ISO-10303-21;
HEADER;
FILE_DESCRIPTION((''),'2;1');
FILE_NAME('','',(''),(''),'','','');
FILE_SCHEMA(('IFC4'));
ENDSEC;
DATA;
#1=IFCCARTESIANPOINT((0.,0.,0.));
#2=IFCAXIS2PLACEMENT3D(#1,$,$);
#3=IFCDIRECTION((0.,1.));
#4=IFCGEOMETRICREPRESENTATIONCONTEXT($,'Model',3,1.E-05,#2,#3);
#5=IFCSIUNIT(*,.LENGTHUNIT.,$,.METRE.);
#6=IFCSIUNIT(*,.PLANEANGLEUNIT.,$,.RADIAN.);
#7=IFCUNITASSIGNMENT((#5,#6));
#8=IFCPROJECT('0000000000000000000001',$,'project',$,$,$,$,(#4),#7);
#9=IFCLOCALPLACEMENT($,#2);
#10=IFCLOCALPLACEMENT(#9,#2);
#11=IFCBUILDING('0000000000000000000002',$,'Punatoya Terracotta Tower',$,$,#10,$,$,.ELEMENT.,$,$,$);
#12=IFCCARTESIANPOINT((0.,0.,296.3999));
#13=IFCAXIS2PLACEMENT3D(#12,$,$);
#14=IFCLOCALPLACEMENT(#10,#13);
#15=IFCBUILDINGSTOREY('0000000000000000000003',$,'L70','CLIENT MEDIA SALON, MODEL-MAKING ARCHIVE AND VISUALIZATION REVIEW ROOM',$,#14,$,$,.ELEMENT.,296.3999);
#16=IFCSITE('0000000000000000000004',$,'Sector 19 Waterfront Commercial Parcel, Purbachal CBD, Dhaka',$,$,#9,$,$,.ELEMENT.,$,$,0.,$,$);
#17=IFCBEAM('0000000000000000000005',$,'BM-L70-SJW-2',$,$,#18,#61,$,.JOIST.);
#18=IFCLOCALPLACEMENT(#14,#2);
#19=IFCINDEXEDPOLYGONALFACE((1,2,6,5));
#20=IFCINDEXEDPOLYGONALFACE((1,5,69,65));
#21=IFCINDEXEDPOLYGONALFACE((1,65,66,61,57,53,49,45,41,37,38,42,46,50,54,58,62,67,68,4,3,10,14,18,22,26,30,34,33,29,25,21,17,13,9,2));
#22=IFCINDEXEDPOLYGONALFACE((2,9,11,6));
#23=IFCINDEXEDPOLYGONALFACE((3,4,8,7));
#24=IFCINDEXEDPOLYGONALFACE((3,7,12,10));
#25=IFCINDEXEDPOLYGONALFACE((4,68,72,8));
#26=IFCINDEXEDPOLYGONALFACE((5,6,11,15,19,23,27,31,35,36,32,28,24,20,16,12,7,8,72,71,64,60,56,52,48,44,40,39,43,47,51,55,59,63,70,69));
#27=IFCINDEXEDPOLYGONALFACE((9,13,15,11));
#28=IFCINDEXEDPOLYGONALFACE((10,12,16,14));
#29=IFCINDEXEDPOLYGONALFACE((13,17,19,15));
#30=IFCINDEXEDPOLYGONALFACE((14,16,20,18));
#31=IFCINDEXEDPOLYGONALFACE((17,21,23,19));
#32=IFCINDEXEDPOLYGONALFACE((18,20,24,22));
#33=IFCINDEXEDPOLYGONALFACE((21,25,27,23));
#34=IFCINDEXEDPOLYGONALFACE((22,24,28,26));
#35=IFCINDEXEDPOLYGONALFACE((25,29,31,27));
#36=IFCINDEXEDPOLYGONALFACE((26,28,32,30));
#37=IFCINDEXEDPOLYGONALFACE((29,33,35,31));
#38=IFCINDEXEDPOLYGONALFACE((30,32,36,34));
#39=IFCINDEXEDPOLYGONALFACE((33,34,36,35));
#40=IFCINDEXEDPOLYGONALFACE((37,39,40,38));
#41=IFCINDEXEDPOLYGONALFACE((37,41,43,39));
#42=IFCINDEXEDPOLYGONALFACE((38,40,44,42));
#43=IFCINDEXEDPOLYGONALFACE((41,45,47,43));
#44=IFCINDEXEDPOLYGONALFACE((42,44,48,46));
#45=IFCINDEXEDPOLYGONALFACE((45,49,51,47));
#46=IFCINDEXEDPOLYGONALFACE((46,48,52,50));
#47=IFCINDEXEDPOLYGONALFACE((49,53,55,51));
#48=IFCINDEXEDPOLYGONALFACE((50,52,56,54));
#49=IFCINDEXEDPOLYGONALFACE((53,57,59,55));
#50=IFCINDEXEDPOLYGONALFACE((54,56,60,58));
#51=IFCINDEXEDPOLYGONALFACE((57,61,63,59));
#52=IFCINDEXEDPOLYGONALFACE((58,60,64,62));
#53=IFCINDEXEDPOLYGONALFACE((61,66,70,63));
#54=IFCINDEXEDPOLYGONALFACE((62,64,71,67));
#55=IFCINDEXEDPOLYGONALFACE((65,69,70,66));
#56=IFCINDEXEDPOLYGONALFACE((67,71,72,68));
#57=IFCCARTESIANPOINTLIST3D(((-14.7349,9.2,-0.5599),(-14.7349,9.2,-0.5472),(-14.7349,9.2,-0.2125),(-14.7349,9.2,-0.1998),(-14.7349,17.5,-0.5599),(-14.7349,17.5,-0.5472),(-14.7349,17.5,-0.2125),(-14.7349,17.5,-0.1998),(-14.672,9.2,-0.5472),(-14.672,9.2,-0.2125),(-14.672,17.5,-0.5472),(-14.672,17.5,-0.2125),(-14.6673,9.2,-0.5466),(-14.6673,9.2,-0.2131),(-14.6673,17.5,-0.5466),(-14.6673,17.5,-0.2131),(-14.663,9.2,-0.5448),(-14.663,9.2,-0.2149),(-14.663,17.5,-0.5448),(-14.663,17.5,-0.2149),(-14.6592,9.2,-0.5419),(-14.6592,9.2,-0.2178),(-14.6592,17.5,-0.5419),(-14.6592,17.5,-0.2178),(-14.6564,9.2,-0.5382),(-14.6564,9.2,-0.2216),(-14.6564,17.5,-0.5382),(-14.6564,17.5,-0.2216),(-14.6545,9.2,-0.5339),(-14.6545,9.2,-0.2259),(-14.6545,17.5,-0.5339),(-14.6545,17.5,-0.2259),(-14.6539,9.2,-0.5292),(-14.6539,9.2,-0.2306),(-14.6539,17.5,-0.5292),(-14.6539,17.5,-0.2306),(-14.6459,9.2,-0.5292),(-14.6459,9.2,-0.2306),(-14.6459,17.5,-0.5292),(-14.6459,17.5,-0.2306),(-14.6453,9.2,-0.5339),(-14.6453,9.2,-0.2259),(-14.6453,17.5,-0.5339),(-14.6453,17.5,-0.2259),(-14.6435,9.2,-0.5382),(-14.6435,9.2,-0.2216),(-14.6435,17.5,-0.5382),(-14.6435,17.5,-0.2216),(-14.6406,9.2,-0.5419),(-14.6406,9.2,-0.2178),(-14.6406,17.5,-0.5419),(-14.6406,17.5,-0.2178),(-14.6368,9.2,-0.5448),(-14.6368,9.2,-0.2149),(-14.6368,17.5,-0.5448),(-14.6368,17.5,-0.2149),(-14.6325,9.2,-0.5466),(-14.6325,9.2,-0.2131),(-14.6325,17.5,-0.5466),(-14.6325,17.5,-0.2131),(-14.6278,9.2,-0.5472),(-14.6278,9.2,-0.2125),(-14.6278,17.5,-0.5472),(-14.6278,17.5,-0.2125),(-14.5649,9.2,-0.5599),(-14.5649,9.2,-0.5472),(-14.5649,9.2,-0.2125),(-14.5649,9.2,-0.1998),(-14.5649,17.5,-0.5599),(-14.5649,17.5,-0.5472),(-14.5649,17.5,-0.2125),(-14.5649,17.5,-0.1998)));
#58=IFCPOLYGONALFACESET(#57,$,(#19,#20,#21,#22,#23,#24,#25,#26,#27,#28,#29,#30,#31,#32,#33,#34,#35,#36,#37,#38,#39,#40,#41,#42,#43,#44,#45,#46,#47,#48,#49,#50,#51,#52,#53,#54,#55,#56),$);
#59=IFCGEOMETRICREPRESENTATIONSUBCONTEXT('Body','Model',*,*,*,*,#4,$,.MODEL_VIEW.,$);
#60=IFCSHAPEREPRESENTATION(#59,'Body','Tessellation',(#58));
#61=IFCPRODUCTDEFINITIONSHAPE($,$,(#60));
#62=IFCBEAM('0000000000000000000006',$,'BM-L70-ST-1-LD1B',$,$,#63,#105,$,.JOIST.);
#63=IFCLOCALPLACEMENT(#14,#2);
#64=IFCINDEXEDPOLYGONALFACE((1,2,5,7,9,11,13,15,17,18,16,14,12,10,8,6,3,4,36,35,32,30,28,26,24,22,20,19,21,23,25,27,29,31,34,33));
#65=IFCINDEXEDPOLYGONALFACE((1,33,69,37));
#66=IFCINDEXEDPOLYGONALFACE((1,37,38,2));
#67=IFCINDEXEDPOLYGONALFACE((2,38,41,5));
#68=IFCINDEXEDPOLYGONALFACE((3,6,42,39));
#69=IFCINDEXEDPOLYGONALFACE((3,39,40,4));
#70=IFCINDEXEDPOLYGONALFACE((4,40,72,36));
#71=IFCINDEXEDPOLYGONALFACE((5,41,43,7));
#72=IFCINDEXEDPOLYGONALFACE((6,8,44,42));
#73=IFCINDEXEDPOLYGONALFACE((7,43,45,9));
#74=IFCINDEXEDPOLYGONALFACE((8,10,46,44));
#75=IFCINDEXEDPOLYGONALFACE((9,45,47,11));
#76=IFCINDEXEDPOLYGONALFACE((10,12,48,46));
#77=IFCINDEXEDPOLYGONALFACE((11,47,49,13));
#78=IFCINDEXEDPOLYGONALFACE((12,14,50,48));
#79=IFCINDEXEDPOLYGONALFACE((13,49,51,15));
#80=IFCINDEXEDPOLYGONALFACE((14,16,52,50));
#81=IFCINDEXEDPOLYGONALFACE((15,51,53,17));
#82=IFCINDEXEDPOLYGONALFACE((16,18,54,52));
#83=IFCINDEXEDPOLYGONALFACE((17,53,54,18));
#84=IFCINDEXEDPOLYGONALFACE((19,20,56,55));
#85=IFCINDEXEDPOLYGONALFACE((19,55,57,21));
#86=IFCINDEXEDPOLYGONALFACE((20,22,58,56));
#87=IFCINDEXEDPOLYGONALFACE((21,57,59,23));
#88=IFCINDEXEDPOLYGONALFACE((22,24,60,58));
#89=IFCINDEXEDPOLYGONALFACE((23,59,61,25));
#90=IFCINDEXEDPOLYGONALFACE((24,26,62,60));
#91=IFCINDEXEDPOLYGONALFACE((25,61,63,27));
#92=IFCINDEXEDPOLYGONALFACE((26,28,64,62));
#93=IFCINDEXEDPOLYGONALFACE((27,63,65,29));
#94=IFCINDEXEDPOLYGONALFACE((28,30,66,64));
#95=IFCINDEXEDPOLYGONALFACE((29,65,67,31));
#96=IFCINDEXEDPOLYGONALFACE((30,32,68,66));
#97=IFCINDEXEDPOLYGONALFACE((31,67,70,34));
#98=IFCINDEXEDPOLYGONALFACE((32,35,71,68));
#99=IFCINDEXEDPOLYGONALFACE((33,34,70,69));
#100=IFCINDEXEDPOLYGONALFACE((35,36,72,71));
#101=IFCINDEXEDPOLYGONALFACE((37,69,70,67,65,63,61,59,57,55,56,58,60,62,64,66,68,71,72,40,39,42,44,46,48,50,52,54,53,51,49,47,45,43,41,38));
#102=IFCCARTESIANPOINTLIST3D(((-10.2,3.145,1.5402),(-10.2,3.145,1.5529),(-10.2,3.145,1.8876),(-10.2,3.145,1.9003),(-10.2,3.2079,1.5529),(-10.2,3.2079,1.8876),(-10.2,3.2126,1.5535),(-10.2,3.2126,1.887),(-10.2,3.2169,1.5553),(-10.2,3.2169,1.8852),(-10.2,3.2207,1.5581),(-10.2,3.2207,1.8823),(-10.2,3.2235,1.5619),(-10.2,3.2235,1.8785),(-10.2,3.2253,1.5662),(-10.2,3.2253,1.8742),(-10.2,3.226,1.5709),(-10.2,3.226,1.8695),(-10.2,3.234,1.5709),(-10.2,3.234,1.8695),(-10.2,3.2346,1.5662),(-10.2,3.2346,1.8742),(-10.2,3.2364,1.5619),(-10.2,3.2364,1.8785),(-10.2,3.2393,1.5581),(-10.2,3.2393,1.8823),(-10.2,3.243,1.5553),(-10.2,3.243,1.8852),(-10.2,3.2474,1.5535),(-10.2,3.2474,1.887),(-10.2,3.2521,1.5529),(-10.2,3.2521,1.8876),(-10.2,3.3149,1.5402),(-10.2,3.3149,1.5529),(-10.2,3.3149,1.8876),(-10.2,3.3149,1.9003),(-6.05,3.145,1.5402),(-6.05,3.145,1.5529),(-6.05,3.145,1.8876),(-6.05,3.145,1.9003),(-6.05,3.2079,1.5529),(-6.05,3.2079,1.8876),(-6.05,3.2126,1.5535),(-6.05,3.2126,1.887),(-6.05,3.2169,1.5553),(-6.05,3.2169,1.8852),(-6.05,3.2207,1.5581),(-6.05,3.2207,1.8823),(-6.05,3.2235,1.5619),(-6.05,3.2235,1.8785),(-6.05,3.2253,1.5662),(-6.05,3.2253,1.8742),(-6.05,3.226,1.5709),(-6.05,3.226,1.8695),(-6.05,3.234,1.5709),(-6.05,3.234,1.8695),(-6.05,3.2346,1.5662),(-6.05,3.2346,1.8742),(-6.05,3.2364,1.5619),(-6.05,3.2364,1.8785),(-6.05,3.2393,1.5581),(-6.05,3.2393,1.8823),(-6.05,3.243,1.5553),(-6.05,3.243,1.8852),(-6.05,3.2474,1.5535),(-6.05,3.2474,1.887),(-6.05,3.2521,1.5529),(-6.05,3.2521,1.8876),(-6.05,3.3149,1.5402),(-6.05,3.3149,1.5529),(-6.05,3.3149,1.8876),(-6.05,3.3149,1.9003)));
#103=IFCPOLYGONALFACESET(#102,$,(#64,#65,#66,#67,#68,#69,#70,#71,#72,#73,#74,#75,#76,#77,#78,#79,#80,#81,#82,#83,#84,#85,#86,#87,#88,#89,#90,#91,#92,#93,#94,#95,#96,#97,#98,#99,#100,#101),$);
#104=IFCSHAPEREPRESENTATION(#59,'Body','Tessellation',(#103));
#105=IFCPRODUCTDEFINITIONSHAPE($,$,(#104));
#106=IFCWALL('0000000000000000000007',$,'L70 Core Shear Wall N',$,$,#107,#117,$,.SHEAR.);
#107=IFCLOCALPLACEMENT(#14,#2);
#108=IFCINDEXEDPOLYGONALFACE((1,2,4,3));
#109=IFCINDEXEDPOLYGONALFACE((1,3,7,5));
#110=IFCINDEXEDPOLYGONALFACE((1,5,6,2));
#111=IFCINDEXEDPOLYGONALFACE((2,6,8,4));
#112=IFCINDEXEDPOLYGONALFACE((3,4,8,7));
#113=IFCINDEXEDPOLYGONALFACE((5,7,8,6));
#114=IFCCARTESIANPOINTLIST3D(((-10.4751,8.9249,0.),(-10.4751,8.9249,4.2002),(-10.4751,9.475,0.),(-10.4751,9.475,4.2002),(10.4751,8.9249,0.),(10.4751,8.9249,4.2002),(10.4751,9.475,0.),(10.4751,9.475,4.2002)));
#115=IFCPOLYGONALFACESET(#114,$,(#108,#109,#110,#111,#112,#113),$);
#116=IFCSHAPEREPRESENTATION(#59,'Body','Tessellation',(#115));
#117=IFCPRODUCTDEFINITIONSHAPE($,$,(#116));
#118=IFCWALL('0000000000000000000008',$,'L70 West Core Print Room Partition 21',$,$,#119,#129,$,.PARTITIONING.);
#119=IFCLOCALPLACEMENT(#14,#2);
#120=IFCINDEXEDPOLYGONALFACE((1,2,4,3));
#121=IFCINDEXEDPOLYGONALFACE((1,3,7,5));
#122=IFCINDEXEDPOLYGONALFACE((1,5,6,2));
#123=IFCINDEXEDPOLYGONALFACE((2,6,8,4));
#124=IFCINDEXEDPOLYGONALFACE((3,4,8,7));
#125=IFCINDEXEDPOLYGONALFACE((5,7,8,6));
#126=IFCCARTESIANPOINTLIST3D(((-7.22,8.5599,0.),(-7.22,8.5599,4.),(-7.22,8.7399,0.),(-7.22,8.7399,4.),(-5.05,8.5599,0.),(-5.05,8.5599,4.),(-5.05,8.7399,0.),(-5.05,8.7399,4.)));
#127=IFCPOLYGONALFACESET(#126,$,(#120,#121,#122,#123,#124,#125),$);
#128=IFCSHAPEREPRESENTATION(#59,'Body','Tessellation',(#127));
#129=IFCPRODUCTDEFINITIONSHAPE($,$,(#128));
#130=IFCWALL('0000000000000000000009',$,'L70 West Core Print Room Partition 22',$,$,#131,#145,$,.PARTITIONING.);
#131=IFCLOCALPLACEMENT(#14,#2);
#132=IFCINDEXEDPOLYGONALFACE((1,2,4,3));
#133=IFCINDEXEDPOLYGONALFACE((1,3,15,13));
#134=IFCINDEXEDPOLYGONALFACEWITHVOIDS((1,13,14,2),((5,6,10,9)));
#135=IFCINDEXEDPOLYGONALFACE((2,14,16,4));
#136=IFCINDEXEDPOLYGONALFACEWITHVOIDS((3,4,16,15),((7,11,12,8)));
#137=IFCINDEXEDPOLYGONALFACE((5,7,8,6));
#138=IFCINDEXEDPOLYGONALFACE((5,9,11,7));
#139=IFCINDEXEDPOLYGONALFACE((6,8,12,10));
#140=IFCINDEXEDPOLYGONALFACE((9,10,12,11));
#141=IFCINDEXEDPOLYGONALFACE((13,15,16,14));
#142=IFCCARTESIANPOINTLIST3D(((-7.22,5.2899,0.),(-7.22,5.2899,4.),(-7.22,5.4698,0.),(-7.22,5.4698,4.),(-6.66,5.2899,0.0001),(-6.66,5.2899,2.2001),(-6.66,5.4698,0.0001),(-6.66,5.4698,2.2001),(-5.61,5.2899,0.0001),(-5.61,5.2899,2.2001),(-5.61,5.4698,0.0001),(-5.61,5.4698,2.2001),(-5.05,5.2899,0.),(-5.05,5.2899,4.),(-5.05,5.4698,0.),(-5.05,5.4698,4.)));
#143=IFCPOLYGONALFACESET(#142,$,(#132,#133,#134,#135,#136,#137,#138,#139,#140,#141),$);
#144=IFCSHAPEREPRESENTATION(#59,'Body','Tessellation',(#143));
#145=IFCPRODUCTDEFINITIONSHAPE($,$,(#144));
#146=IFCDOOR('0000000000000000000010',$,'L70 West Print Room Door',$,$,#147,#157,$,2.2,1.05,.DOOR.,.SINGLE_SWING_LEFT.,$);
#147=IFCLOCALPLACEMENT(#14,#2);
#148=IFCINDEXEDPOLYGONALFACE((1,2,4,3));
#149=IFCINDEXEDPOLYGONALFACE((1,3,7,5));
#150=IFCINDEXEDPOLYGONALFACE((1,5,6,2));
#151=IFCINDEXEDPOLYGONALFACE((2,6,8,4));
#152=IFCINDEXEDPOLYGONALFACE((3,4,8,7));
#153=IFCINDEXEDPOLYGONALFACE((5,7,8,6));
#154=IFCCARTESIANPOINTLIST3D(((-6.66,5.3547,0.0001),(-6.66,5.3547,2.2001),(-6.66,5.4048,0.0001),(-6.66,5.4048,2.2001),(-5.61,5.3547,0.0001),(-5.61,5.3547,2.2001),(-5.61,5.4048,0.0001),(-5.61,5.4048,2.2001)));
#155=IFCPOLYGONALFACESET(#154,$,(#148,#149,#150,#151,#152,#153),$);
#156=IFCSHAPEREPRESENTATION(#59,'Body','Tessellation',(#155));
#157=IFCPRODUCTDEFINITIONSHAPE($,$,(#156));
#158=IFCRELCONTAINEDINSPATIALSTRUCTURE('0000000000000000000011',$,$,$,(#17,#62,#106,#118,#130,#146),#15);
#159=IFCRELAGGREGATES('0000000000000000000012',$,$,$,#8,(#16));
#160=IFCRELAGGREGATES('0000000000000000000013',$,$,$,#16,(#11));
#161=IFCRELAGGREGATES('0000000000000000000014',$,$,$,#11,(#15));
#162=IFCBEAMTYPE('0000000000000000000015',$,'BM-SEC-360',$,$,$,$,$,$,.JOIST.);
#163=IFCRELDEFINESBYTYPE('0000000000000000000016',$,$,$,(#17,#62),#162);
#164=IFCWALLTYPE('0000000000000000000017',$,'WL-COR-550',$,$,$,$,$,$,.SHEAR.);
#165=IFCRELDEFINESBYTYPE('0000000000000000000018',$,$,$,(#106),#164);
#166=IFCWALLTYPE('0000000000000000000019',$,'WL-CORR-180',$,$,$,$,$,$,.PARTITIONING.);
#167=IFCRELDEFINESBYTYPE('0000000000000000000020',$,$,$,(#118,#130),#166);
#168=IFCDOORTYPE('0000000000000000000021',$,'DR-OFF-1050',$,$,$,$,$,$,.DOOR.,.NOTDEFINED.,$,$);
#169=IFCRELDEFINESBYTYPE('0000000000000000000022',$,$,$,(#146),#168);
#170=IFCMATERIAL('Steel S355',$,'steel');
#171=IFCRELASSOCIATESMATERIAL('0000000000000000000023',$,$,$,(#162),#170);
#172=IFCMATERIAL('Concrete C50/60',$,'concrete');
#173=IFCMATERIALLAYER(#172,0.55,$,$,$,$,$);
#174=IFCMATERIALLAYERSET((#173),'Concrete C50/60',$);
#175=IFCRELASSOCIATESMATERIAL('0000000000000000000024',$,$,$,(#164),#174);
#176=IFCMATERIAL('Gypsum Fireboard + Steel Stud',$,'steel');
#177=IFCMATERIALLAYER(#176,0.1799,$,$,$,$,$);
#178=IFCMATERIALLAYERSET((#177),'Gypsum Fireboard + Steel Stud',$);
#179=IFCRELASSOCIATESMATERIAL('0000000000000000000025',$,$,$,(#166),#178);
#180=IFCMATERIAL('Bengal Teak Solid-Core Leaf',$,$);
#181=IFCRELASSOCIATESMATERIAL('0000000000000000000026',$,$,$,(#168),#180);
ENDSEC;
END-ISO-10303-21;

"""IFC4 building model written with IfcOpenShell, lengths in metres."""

from ifc_helpers import new_model, si_unit, direction, frame, frame_2d, origin, origin_2d, place, context, subcontext, project, spatial, rectangle, i_section, extrude, material, layer, layer_set, material_profile, profile_set, type_object, element, fill, save


model = new_model("IFC4")

# Units and contexts
model_context = context("Model", 3, precision=1e-05, world=origin(), true_north=direction((0.0, 1.0)))
body_context = subcontext(model_context, "Body", "Model", "MODEL_VIEW")
ifc_project = project(units=[si_unit("LENGTHUNIT", "METRE"), si_unit("PLANEANGLEUNIT", "RADIAN")], contexts=[model_context])

# Site, building, storey
site_placement = place(None, origin())
site = spatial("IfcSite", under=ifc_project, at=site_placement, Name="Sector 19 Waterfront Commercial Parcel, Purbachal CBD, Dhaka", CompositionType="ELEMENT", RefElevation=0.0)
building_placement = place(site_placement, origin())
building = spatial("IfcBuilding", under=site, at=building_placement, Name="Punatoya Terracotta Tower", CompositionType="ELEMENT")
storey_placement = place(building_placement, frame((0.0, 0.0, 296.3999)))
storey = spatial("IfcBuildingStorey", under=building, at=storey_placement, Name="L70", Description="CLIENT MEDIA SALON, MODEL-MAKING ARCHIVE AND VISUALIZATION REVIEW ROOM", CompositionType="ELEMENT", Elevation=296.3999)

# Beams
ifc_material_1 = material(Name="Steel S355", Category="steel")
ifc_material_2 = material(Name="Concrete C50/60", Category="concrete")
ifc_material_profile_1 = material_profile(ifc_material_1, i_section(OverallWidth=0.1699, OverallDepth=0.3601, WebThickness=0.0081, FlangeThickness=0.0127, FilletRadius=0.0181, at=origin_2d()))
ifc_profile_set_1 = profile_set([ifc_material_profile_1], Name="Steel S355")
beam_type_1 = type_object("IfcBeamType", Name="BM-SEC-360", PredefinedType="JOIST", material=ifc_profile_set_1)
beam_1_placement = place(storey_placement, frame((-14.6499, 9.2, -0.3799), z_axis=(0.0, 1.0, 0.0), x_axis=(-1.0, 0.0, 0.0)))
element("IfcBeam", 1, at=beam_1_placement, inside=storey, type_object=beam_type_1, Name="BM-L70-SJW-2", PredefinedType="JOIST", context=body_context, shape_type="SweptSolid", body=[
    extrude(i_section(OverallWidth=0.1699, OverallDepth=0.3601, WebThickness=0.0081, FlangeThickness=0.0127, FilletRadius=0.0181, at=origin_2d()), origin(), (0.0, 0.0, 1.0), 8.3),
])
beam_2_placement = place(storey_placement, frame((-10.2, 3.23, 1.7202), z_axis=(1.0, 0.0, 0.0), x_axis=(0.0, 1.0, 0.0)))
element("IfcBeam", 2, at=beam_2_placement, inside=storey, type_object=beam_type_1, Name="BM-L70-ST-1-LD1B", PredefinedType="JOIST", context=body_context, shape_type="SweptSolid", body=[
    extrude(i_section(OverallWidth=0.1699, OverallDepth=0.3601, WebThickness=0.0081, FlangeThickness=0.0127, FilletRadius=0.0181, at=origin_2d()), origin(), (0.0, 0.0, 1.0), 4.1499),
])

# Walls
ifc_layer_1 = layer(ifc_material_2, 0.55)
ifc_layer_set_1 = layer_set([ifc_layer_1], Name="Concrete C50/60")
wall_type_1 = type_object("IfcWallType", Name="WL-COR-550", PredefinedType="SHEAR", material=ifc_layer_set_1)
wall_1_placement = place(storey_placement, frame((-10.4751, 9.2, 0.0), z_axis=(0.0, 0.0, 1.0), x_axis=(1.0, 0.0, 0.0)))
element("IfcWall", 3, at=wall_1_placement, inside=storey, type_object=wall_type_1, Name="L70 Core Shear Wall N", PredefinedType="SHEAR", context=body_context, shape_type="SweptSolid", body=[
    extrude(rectangle(XDim=20.9502, YDim=0.55, at=frame_2d((10.4751, 0.0))), origin(), (0.0, 0.0, 1.0), 4.2002),
])
ifc_material_3 = material(Name="Gypsum Fireboard + Steel Stud", Category="steel")
ifc_layer_2 = layer(ifc_material_3, 0.1799)
ifc_layer_set_2 = layer_set([ifc_layer_2], Name="Gypsum Fireboard + Steel Stud")
wall_type_2 = type_object("IfcWallType", Name="WL-CORR-180", PredefinedType="PARTITIONING", material=ifc_layer_set_2)
wall_2_placement = place(storey_placement, frame((-5.05, 8.6499, 0.0), z_axis=(0.0, 0.0, 1.0), x_axis=(-1.0, 0.0, 0.0)))
element("IfcWall", 4, at=wall_2_placement, inside=storey, type_object=wall_type_2, Name="L70 West Core Print Room Partition 21", PredefinedType="PARTITIONING", context=body_context, shape_type="SweptSolid", body=[
    extrude(rectangle(XDim=2.1699, YDim=0.1799, at=frame_2d((1.085, 0.0))), origin(), (0.0, 0.0, 1.0), 4.0),
])

# Wall, opening, door
wall_3_placement = place(storey_placement, frame((-7.22, 5.3799, 0.0), z_axis=(0.0, 0.0, 1.0), x_axis=(1.0, 0.0, 0.0)))
wall_3 = element("IfcWall", 5, at=wall_3_placement, inside=storey, type_object=wall_type_2, Name="L70 West Core Print Room Partition 22", PredefinedType="PARTITIONING", context=body_context, shape_type="SweptSolid", body=[
    extrude(rectangle(XDim=2.1699, YDim=0.1799, at=frame_2d((1.085, 0.0))), origin(), (0.0, 0.0, 1.0), 4.0),
])
opening_1_placement = place(wall_3_placement, frame((0.5601, 0.0, 0.0)))
opening_1 = element("IfcOpeningElement", 6, at=opening_1_placement, cuts=wall_3, PredefinedType="OPENING", context=body_context, shape_type="SweptSolid", body=[
    extrude(rectangle(XDim=1.05, YDim=2.2, at=frame_2d((0.5249, 1.1001))), frame((0.0, 0.0999, 0.0), z_axis=(0.0, -1.0, 0.0), x_axis=(1.0, 0.0, 0.0)), (0.0, 0.0, 1.0), 0.2),
])
ifc_material_4 = material(Name="Bengal Teak Solid-Core Leaf")
door_type_1 = type_object("IfcDoorType", Name="DR-OFF-1050", OperationType="NOTDEFINED", PredefinedType="DOOR", material=ifc_material_4)
door_1_placement = place(opening_1_placement, origin())
door_1 = element("IfcDoor", 7, at=door_1_placement, inside=storey, type_object=door_type_1, Name="L70 West Print Room Door", OperationType="SINGLE_SWING_LEFT", OverallHeight=2.2, OverallWidth=1.05, PredefinedType="DOOR", context=body_context, shape_type="SweptSolid", body=[
    extrude(rectangle(XDim=1.05, YDim=2.2, at=frame_2d((0.5249, 1.1001))), frame((0.0, 0.0249, 0.0), z_axis=(0.0, -1.0, 0.0), x_axis=(1.0, 0.0, 0.0)), (0.0, 0.0, 1.0), 0.05),
])
fill(opening_1, door_1)

save(model, "model.ifc")
